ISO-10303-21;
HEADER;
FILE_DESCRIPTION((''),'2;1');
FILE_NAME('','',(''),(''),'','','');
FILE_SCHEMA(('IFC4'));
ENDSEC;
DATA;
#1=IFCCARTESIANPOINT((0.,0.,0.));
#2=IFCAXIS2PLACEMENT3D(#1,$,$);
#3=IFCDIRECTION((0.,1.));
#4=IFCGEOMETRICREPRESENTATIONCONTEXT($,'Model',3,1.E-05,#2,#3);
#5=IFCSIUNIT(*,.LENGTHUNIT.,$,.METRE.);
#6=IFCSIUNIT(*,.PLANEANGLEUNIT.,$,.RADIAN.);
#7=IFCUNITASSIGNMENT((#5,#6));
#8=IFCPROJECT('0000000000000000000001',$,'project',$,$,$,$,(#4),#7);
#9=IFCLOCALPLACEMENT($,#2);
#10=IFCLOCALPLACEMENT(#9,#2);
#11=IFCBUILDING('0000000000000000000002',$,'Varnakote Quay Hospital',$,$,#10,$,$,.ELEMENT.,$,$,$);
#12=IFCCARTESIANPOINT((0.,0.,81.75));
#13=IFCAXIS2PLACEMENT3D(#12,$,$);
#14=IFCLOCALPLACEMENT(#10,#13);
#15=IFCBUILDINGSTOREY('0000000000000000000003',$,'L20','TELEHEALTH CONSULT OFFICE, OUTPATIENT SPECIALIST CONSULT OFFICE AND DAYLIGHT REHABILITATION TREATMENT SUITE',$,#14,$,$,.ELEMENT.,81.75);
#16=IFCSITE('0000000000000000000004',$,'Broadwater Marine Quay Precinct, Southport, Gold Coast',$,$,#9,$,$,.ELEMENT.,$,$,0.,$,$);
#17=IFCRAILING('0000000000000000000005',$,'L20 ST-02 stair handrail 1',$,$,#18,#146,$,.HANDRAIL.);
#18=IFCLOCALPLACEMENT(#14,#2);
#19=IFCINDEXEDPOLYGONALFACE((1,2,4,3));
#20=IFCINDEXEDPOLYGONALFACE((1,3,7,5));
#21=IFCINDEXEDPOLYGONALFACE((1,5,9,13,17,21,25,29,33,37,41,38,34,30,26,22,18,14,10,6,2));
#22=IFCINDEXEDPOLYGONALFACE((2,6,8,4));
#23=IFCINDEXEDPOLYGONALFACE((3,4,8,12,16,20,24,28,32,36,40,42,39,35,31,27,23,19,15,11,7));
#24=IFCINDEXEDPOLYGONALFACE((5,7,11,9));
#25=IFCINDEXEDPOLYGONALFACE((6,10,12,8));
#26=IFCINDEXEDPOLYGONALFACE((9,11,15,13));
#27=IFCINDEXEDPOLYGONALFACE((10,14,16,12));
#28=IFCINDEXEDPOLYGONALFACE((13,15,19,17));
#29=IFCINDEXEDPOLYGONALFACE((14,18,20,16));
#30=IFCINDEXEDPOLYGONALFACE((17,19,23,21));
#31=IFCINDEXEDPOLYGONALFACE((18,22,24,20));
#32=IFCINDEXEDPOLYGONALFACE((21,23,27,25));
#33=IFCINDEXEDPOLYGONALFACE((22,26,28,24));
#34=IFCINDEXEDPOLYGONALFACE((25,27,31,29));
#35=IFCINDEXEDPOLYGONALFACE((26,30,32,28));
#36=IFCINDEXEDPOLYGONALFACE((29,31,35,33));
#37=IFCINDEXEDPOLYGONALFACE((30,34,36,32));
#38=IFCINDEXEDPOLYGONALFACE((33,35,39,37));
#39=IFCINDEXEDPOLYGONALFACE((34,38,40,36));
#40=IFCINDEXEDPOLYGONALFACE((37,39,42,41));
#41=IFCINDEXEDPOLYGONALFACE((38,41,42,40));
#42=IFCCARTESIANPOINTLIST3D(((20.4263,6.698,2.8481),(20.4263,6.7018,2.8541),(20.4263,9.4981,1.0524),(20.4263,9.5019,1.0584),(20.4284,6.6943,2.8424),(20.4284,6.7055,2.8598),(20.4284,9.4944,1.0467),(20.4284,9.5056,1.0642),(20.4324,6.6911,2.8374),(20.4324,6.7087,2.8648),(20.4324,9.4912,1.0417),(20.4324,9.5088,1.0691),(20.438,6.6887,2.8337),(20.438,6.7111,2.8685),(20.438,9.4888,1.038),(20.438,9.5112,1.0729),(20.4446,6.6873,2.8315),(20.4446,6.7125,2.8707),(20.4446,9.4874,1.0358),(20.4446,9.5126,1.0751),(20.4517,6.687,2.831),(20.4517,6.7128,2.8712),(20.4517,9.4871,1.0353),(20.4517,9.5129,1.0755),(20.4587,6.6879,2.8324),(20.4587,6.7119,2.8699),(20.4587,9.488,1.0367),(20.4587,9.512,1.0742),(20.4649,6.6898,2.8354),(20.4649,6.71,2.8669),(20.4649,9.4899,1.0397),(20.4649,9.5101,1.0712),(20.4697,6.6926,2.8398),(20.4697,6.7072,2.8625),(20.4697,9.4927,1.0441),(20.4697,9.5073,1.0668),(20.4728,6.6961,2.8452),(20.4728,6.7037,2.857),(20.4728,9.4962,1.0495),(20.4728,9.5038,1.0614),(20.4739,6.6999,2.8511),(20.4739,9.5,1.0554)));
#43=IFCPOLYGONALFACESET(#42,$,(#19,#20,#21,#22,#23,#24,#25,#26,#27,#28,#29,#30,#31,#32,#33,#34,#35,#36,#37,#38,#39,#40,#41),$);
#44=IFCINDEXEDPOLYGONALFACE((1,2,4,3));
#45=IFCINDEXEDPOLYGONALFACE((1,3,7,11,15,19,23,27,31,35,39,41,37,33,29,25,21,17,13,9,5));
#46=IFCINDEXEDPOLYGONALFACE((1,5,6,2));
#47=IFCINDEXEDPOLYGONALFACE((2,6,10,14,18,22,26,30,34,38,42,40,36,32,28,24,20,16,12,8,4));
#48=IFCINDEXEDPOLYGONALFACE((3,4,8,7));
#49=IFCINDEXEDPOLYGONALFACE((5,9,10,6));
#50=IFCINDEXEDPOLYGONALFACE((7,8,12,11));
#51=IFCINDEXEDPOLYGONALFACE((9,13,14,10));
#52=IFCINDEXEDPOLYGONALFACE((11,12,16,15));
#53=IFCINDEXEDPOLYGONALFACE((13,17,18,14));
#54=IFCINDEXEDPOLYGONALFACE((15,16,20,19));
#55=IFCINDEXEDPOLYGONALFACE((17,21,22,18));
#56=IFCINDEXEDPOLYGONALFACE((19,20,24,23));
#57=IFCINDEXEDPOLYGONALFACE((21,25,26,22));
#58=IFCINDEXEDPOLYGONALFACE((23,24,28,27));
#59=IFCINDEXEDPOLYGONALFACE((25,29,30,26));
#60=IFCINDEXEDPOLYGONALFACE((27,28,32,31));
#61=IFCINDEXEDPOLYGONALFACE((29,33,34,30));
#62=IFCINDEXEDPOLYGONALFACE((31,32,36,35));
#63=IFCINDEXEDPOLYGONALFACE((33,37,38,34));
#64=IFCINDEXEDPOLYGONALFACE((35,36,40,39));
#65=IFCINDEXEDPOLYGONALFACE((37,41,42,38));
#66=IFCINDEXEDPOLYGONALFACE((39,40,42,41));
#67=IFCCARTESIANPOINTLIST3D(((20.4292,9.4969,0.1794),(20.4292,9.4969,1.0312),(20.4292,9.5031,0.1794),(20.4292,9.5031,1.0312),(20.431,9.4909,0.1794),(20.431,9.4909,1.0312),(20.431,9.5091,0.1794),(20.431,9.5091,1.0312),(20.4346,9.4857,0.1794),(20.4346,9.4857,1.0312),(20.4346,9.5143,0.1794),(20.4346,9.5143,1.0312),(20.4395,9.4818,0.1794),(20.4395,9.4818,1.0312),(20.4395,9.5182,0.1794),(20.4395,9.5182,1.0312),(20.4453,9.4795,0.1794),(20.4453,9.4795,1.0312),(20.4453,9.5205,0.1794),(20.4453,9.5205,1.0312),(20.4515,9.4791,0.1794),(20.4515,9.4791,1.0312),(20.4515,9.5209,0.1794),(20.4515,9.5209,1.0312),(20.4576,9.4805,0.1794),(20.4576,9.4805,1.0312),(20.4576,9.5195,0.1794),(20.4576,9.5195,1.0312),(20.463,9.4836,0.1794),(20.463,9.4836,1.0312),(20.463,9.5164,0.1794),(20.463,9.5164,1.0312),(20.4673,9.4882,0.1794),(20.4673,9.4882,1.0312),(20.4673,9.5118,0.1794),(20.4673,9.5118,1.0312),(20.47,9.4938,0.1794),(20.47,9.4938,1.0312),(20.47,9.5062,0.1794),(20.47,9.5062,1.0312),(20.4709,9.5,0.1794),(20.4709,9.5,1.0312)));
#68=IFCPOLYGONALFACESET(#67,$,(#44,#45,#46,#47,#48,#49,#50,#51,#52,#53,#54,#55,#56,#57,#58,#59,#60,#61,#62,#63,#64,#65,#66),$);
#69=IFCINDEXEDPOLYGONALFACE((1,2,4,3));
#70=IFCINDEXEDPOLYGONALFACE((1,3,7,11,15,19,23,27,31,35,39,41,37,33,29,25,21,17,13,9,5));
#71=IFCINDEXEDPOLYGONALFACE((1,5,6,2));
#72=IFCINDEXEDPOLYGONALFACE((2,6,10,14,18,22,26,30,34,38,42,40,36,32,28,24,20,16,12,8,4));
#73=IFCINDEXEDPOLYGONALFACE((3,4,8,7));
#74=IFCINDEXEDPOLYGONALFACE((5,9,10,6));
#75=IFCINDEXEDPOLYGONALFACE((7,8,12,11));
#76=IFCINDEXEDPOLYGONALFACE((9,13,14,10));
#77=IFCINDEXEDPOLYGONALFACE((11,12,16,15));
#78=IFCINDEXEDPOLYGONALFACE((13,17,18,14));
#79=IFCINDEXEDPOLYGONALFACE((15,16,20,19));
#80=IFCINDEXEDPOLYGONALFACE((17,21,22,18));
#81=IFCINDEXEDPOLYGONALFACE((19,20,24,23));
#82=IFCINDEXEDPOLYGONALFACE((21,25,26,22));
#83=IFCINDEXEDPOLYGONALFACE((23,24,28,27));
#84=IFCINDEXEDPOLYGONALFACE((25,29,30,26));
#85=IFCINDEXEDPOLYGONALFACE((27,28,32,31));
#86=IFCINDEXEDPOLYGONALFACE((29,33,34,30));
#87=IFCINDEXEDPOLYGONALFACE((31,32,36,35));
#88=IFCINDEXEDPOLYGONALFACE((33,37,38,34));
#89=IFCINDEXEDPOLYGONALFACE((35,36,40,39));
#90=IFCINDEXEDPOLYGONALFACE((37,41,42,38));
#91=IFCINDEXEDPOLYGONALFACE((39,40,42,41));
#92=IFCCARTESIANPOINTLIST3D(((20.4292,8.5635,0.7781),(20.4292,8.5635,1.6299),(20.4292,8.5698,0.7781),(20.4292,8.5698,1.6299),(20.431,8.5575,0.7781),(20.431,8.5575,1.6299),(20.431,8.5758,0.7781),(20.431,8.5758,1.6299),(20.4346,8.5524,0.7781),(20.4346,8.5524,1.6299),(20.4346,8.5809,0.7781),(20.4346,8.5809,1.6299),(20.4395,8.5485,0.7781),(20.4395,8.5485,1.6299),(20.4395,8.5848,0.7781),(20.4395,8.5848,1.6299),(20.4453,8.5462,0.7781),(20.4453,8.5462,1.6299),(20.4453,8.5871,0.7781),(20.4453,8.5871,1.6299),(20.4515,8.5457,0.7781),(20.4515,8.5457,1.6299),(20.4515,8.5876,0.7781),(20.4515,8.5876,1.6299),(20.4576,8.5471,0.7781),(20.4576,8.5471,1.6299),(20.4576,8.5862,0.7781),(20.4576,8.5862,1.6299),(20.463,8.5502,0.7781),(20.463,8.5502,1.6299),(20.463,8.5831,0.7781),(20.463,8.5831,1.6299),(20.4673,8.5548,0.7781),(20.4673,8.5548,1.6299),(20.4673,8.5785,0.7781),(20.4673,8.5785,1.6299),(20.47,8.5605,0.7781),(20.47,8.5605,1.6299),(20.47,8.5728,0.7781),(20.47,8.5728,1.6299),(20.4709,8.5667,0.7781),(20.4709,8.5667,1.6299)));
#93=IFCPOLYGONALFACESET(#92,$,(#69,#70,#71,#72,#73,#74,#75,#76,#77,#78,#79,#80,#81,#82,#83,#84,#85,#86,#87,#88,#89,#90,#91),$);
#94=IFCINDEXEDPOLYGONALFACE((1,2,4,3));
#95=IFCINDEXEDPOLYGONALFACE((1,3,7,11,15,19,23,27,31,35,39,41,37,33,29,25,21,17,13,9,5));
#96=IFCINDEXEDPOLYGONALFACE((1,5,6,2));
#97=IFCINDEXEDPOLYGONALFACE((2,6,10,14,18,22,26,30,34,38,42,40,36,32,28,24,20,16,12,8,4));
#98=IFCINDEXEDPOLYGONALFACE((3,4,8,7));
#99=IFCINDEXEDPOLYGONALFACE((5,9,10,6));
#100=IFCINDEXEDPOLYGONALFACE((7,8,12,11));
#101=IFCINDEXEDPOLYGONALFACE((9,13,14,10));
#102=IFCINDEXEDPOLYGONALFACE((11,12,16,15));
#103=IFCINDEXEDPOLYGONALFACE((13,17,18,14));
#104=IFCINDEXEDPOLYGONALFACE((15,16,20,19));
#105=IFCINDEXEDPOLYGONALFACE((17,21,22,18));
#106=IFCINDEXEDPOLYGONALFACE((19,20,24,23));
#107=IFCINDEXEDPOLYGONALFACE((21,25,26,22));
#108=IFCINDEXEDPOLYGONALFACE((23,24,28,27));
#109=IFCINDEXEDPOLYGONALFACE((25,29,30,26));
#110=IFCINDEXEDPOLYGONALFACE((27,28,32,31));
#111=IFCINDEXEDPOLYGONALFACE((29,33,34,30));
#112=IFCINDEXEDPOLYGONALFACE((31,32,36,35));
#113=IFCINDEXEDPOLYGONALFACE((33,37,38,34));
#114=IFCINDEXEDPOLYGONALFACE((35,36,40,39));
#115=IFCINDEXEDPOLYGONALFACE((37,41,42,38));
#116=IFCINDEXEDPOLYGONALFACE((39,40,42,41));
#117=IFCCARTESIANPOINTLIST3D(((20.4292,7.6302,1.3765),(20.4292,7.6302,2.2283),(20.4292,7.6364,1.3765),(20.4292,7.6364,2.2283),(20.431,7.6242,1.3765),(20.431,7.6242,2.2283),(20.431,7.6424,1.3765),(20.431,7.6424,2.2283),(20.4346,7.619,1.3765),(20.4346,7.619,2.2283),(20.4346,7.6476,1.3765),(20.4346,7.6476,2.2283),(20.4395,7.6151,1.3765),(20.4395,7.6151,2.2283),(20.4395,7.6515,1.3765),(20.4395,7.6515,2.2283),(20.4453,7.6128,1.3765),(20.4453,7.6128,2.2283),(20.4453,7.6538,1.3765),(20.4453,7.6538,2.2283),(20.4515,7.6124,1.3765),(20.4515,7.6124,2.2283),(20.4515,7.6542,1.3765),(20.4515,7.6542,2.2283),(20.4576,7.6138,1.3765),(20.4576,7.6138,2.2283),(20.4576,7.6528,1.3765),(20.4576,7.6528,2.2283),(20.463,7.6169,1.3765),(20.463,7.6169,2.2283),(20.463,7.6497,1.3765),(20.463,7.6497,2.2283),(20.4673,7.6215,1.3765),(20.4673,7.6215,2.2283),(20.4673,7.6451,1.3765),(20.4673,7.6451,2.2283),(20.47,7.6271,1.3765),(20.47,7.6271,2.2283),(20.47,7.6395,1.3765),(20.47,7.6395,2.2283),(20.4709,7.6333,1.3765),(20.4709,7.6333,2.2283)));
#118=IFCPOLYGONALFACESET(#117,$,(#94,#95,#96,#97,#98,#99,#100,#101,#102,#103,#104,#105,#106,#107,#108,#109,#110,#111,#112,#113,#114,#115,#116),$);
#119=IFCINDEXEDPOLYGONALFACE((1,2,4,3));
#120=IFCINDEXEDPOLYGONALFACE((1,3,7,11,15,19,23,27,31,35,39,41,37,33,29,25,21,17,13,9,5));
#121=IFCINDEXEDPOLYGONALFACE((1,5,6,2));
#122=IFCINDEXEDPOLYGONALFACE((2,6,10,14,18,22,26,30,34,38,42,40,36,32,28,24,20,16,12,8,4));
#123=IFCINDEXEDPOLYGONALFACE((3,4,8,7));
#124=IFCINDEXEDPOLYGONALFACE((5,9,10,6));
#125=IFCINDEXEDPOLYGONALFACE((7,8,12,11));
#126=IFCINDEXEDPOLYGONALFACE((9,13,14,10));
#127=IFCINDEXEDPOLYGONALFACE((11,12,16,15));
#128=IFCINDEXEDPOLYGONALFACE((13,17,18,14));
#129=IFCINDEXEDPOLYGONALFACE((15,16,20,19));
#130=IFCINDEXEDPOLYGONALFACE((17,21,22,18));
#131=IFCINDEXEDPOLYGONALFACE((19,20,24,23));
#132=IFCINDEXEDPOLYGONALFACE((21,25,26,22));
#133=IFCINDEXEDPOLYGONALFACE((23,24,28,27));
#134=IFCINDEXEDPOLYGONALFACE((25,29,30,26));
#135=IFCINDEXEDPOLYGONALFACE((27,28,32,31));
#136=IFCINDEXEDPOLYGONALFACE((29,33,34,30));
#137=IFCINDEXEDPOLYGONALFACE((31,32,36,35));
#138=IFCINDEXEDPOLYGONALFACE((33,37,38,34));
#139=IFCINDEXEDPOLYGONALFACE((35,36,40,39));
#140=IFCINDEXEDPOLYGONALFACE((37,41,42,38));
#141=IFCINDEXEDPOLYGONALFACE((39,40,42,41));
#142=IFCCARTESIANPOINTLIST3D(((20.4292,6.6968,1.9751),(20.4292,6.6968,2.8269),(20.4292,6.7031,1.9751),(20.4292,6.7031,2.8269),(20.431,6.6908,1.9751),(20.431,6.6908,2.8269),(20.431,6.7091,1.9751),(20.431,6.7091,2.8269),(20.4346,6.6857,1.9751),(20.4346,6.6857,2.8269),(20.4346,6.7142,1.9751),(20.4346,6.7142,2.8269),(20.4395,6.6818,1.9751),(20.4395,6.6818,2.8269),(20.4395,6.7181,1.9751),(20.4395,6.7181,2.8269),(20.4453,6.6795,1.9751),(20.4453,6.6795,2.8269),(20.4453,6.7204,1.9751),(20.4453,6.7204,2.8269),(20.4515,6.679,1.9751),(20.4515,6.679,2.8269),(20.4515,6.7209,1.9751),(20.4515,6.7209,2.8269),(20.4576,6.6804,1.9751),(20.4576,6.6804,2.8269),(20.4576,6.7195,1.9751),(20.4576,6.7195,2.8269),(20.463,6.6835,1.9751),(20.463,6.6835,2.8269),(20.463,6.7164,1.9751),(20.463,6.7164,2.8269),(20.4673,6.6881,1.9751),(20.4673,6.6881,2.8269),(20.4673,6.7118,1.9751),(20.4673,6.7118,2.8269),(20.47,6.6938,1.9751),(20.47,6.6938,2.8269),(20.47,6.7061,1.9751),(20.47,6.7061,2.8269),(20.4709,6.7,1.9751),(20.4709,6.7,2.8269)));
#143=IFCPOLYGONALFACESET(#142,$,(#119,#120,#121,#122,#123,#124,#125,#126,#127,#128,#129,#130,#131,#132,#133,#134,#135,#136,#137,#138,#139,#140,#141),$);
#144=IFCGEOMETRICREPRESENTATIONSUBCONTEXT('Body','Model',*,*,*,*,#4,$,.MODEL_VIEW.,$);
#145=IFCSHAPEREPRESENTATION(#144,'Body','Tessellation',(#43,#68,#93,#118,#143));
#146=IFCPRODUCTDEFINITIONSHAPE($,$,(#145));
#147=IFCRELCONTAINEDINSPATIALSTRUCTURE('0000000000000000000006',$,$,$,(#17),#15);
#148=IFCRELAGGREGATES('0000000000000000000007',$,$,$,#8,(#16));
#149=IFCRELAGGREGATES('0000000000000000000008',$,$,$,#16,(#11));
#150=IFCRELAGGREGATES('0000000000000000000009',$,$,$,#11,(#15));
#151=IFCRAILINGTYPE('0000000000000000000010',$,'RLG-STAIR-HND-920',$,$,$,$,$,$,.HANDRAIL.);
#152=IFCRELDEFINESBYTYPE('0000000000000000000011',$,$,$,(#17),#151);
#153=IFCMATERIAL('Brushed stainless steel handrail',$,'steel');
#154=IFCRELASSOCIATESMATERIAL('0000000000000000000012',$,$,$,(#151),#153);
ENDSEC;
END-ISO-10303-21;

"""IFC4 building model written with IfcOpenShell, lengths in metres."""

from ifc_helpers import new_model, si_unit, direction, frame, origin, origin_2d, place, context, subcontext, project, spatial, circle, extrude, material, type_object, element, save


model = new_model("IFC4")

# Units and contexts
model_context = context("Model", 3, precision=1e-05, world=origin(), true_north=direction((0.0, 1.0)))
body_context = subcontext(model_context, "Body", "Model", "MODEL_VIEW")
ifc_project = project(units=[si_unit("LENGTHUNIT", "METRE"), si_unit("PLANEANGLEUNIT", "RADIAN")], contexts=[model_context])

# Site, building, storey
site_placement = place(None, origin())
site = spatial("IfcSite", under=ifc_project, at=site_placement, Name="Broadwater Marine Quay Precinct, Southport, Gold Coast", CompositionType="ELEMENT", RefElevation=0.0)
building_placement = place(site_placement, origin())
building = spatial("IfcBuilding", under=site, at=building_placement, Name="Varnakote Quay Hospital", CompositionType="ELEMENT")
storey_placement = place(building_placement, frame((0.0, 0.0, 81.75)))
storey = spatial("IfcBuildingStorey", under=building, at=storey_placement, Name="L20", Description="TELEHEALTH CONSULT OFFICE, OUTPATIENT SPECIALIST CONSULT OFFICE AND DAYLIGHT REHABILITATION TREATMENT SUITE", CompositionType="ELEMENT", Elevation=81.75)

# Railing
ifc_material_1 = material(Name="Brushed stainless steel handrail", Category="steel")
railing_type_1 = type_object("IfcRailingType", Name="RLG-STAIR-HND-920", PredefinedType="HANDRAIL", material=ifc_material_1)
railing_1_placement = place(storey_placement, frame((20.45, 9.5, 0.1794)))
element("IfcRailing", 1, at=railing_1_placement, inside=storey, type_object=railing_type_1, Name="L20 ST-02 stair handrail 1", PredefinedType="HANDRAIL", context=body_context, shape_type="SweptSolid", body=[
    extrude(circle(Radius=0.0239, at=origin_2d()), frame((0.0, 0.0, 0.876), z_axis=(0.0, -0.841777, 0.539826), x_axis=(1.0, 0.0, 0.0)), (0.0, 0.0, 1.0), 3.3264),
    extrude(circle(Radius=0.021, at=origin_2d()), origin(), (0.0, 0.0, 1.0), 0.8518),
    extrude(circle(Radius=0.021, at=origin_2d()), frame((0.0, -0.9333, 0.5986)), (0.0, 0.0, 1.0), 0.8518),
    extrude(circle(Radius=0.021, at=origin_2d()), frame((0.0, -1.8667, 1.197)), (0.0, 0.0, 1.0), 0.8518),
    extrude(circle(Radius=0.021, at=origin_2d()), frame((0.0, -2.8, 1.7957)), (0.0, 0.0, 1.0), 0.8518),
])

save(model, "model.ifc")
